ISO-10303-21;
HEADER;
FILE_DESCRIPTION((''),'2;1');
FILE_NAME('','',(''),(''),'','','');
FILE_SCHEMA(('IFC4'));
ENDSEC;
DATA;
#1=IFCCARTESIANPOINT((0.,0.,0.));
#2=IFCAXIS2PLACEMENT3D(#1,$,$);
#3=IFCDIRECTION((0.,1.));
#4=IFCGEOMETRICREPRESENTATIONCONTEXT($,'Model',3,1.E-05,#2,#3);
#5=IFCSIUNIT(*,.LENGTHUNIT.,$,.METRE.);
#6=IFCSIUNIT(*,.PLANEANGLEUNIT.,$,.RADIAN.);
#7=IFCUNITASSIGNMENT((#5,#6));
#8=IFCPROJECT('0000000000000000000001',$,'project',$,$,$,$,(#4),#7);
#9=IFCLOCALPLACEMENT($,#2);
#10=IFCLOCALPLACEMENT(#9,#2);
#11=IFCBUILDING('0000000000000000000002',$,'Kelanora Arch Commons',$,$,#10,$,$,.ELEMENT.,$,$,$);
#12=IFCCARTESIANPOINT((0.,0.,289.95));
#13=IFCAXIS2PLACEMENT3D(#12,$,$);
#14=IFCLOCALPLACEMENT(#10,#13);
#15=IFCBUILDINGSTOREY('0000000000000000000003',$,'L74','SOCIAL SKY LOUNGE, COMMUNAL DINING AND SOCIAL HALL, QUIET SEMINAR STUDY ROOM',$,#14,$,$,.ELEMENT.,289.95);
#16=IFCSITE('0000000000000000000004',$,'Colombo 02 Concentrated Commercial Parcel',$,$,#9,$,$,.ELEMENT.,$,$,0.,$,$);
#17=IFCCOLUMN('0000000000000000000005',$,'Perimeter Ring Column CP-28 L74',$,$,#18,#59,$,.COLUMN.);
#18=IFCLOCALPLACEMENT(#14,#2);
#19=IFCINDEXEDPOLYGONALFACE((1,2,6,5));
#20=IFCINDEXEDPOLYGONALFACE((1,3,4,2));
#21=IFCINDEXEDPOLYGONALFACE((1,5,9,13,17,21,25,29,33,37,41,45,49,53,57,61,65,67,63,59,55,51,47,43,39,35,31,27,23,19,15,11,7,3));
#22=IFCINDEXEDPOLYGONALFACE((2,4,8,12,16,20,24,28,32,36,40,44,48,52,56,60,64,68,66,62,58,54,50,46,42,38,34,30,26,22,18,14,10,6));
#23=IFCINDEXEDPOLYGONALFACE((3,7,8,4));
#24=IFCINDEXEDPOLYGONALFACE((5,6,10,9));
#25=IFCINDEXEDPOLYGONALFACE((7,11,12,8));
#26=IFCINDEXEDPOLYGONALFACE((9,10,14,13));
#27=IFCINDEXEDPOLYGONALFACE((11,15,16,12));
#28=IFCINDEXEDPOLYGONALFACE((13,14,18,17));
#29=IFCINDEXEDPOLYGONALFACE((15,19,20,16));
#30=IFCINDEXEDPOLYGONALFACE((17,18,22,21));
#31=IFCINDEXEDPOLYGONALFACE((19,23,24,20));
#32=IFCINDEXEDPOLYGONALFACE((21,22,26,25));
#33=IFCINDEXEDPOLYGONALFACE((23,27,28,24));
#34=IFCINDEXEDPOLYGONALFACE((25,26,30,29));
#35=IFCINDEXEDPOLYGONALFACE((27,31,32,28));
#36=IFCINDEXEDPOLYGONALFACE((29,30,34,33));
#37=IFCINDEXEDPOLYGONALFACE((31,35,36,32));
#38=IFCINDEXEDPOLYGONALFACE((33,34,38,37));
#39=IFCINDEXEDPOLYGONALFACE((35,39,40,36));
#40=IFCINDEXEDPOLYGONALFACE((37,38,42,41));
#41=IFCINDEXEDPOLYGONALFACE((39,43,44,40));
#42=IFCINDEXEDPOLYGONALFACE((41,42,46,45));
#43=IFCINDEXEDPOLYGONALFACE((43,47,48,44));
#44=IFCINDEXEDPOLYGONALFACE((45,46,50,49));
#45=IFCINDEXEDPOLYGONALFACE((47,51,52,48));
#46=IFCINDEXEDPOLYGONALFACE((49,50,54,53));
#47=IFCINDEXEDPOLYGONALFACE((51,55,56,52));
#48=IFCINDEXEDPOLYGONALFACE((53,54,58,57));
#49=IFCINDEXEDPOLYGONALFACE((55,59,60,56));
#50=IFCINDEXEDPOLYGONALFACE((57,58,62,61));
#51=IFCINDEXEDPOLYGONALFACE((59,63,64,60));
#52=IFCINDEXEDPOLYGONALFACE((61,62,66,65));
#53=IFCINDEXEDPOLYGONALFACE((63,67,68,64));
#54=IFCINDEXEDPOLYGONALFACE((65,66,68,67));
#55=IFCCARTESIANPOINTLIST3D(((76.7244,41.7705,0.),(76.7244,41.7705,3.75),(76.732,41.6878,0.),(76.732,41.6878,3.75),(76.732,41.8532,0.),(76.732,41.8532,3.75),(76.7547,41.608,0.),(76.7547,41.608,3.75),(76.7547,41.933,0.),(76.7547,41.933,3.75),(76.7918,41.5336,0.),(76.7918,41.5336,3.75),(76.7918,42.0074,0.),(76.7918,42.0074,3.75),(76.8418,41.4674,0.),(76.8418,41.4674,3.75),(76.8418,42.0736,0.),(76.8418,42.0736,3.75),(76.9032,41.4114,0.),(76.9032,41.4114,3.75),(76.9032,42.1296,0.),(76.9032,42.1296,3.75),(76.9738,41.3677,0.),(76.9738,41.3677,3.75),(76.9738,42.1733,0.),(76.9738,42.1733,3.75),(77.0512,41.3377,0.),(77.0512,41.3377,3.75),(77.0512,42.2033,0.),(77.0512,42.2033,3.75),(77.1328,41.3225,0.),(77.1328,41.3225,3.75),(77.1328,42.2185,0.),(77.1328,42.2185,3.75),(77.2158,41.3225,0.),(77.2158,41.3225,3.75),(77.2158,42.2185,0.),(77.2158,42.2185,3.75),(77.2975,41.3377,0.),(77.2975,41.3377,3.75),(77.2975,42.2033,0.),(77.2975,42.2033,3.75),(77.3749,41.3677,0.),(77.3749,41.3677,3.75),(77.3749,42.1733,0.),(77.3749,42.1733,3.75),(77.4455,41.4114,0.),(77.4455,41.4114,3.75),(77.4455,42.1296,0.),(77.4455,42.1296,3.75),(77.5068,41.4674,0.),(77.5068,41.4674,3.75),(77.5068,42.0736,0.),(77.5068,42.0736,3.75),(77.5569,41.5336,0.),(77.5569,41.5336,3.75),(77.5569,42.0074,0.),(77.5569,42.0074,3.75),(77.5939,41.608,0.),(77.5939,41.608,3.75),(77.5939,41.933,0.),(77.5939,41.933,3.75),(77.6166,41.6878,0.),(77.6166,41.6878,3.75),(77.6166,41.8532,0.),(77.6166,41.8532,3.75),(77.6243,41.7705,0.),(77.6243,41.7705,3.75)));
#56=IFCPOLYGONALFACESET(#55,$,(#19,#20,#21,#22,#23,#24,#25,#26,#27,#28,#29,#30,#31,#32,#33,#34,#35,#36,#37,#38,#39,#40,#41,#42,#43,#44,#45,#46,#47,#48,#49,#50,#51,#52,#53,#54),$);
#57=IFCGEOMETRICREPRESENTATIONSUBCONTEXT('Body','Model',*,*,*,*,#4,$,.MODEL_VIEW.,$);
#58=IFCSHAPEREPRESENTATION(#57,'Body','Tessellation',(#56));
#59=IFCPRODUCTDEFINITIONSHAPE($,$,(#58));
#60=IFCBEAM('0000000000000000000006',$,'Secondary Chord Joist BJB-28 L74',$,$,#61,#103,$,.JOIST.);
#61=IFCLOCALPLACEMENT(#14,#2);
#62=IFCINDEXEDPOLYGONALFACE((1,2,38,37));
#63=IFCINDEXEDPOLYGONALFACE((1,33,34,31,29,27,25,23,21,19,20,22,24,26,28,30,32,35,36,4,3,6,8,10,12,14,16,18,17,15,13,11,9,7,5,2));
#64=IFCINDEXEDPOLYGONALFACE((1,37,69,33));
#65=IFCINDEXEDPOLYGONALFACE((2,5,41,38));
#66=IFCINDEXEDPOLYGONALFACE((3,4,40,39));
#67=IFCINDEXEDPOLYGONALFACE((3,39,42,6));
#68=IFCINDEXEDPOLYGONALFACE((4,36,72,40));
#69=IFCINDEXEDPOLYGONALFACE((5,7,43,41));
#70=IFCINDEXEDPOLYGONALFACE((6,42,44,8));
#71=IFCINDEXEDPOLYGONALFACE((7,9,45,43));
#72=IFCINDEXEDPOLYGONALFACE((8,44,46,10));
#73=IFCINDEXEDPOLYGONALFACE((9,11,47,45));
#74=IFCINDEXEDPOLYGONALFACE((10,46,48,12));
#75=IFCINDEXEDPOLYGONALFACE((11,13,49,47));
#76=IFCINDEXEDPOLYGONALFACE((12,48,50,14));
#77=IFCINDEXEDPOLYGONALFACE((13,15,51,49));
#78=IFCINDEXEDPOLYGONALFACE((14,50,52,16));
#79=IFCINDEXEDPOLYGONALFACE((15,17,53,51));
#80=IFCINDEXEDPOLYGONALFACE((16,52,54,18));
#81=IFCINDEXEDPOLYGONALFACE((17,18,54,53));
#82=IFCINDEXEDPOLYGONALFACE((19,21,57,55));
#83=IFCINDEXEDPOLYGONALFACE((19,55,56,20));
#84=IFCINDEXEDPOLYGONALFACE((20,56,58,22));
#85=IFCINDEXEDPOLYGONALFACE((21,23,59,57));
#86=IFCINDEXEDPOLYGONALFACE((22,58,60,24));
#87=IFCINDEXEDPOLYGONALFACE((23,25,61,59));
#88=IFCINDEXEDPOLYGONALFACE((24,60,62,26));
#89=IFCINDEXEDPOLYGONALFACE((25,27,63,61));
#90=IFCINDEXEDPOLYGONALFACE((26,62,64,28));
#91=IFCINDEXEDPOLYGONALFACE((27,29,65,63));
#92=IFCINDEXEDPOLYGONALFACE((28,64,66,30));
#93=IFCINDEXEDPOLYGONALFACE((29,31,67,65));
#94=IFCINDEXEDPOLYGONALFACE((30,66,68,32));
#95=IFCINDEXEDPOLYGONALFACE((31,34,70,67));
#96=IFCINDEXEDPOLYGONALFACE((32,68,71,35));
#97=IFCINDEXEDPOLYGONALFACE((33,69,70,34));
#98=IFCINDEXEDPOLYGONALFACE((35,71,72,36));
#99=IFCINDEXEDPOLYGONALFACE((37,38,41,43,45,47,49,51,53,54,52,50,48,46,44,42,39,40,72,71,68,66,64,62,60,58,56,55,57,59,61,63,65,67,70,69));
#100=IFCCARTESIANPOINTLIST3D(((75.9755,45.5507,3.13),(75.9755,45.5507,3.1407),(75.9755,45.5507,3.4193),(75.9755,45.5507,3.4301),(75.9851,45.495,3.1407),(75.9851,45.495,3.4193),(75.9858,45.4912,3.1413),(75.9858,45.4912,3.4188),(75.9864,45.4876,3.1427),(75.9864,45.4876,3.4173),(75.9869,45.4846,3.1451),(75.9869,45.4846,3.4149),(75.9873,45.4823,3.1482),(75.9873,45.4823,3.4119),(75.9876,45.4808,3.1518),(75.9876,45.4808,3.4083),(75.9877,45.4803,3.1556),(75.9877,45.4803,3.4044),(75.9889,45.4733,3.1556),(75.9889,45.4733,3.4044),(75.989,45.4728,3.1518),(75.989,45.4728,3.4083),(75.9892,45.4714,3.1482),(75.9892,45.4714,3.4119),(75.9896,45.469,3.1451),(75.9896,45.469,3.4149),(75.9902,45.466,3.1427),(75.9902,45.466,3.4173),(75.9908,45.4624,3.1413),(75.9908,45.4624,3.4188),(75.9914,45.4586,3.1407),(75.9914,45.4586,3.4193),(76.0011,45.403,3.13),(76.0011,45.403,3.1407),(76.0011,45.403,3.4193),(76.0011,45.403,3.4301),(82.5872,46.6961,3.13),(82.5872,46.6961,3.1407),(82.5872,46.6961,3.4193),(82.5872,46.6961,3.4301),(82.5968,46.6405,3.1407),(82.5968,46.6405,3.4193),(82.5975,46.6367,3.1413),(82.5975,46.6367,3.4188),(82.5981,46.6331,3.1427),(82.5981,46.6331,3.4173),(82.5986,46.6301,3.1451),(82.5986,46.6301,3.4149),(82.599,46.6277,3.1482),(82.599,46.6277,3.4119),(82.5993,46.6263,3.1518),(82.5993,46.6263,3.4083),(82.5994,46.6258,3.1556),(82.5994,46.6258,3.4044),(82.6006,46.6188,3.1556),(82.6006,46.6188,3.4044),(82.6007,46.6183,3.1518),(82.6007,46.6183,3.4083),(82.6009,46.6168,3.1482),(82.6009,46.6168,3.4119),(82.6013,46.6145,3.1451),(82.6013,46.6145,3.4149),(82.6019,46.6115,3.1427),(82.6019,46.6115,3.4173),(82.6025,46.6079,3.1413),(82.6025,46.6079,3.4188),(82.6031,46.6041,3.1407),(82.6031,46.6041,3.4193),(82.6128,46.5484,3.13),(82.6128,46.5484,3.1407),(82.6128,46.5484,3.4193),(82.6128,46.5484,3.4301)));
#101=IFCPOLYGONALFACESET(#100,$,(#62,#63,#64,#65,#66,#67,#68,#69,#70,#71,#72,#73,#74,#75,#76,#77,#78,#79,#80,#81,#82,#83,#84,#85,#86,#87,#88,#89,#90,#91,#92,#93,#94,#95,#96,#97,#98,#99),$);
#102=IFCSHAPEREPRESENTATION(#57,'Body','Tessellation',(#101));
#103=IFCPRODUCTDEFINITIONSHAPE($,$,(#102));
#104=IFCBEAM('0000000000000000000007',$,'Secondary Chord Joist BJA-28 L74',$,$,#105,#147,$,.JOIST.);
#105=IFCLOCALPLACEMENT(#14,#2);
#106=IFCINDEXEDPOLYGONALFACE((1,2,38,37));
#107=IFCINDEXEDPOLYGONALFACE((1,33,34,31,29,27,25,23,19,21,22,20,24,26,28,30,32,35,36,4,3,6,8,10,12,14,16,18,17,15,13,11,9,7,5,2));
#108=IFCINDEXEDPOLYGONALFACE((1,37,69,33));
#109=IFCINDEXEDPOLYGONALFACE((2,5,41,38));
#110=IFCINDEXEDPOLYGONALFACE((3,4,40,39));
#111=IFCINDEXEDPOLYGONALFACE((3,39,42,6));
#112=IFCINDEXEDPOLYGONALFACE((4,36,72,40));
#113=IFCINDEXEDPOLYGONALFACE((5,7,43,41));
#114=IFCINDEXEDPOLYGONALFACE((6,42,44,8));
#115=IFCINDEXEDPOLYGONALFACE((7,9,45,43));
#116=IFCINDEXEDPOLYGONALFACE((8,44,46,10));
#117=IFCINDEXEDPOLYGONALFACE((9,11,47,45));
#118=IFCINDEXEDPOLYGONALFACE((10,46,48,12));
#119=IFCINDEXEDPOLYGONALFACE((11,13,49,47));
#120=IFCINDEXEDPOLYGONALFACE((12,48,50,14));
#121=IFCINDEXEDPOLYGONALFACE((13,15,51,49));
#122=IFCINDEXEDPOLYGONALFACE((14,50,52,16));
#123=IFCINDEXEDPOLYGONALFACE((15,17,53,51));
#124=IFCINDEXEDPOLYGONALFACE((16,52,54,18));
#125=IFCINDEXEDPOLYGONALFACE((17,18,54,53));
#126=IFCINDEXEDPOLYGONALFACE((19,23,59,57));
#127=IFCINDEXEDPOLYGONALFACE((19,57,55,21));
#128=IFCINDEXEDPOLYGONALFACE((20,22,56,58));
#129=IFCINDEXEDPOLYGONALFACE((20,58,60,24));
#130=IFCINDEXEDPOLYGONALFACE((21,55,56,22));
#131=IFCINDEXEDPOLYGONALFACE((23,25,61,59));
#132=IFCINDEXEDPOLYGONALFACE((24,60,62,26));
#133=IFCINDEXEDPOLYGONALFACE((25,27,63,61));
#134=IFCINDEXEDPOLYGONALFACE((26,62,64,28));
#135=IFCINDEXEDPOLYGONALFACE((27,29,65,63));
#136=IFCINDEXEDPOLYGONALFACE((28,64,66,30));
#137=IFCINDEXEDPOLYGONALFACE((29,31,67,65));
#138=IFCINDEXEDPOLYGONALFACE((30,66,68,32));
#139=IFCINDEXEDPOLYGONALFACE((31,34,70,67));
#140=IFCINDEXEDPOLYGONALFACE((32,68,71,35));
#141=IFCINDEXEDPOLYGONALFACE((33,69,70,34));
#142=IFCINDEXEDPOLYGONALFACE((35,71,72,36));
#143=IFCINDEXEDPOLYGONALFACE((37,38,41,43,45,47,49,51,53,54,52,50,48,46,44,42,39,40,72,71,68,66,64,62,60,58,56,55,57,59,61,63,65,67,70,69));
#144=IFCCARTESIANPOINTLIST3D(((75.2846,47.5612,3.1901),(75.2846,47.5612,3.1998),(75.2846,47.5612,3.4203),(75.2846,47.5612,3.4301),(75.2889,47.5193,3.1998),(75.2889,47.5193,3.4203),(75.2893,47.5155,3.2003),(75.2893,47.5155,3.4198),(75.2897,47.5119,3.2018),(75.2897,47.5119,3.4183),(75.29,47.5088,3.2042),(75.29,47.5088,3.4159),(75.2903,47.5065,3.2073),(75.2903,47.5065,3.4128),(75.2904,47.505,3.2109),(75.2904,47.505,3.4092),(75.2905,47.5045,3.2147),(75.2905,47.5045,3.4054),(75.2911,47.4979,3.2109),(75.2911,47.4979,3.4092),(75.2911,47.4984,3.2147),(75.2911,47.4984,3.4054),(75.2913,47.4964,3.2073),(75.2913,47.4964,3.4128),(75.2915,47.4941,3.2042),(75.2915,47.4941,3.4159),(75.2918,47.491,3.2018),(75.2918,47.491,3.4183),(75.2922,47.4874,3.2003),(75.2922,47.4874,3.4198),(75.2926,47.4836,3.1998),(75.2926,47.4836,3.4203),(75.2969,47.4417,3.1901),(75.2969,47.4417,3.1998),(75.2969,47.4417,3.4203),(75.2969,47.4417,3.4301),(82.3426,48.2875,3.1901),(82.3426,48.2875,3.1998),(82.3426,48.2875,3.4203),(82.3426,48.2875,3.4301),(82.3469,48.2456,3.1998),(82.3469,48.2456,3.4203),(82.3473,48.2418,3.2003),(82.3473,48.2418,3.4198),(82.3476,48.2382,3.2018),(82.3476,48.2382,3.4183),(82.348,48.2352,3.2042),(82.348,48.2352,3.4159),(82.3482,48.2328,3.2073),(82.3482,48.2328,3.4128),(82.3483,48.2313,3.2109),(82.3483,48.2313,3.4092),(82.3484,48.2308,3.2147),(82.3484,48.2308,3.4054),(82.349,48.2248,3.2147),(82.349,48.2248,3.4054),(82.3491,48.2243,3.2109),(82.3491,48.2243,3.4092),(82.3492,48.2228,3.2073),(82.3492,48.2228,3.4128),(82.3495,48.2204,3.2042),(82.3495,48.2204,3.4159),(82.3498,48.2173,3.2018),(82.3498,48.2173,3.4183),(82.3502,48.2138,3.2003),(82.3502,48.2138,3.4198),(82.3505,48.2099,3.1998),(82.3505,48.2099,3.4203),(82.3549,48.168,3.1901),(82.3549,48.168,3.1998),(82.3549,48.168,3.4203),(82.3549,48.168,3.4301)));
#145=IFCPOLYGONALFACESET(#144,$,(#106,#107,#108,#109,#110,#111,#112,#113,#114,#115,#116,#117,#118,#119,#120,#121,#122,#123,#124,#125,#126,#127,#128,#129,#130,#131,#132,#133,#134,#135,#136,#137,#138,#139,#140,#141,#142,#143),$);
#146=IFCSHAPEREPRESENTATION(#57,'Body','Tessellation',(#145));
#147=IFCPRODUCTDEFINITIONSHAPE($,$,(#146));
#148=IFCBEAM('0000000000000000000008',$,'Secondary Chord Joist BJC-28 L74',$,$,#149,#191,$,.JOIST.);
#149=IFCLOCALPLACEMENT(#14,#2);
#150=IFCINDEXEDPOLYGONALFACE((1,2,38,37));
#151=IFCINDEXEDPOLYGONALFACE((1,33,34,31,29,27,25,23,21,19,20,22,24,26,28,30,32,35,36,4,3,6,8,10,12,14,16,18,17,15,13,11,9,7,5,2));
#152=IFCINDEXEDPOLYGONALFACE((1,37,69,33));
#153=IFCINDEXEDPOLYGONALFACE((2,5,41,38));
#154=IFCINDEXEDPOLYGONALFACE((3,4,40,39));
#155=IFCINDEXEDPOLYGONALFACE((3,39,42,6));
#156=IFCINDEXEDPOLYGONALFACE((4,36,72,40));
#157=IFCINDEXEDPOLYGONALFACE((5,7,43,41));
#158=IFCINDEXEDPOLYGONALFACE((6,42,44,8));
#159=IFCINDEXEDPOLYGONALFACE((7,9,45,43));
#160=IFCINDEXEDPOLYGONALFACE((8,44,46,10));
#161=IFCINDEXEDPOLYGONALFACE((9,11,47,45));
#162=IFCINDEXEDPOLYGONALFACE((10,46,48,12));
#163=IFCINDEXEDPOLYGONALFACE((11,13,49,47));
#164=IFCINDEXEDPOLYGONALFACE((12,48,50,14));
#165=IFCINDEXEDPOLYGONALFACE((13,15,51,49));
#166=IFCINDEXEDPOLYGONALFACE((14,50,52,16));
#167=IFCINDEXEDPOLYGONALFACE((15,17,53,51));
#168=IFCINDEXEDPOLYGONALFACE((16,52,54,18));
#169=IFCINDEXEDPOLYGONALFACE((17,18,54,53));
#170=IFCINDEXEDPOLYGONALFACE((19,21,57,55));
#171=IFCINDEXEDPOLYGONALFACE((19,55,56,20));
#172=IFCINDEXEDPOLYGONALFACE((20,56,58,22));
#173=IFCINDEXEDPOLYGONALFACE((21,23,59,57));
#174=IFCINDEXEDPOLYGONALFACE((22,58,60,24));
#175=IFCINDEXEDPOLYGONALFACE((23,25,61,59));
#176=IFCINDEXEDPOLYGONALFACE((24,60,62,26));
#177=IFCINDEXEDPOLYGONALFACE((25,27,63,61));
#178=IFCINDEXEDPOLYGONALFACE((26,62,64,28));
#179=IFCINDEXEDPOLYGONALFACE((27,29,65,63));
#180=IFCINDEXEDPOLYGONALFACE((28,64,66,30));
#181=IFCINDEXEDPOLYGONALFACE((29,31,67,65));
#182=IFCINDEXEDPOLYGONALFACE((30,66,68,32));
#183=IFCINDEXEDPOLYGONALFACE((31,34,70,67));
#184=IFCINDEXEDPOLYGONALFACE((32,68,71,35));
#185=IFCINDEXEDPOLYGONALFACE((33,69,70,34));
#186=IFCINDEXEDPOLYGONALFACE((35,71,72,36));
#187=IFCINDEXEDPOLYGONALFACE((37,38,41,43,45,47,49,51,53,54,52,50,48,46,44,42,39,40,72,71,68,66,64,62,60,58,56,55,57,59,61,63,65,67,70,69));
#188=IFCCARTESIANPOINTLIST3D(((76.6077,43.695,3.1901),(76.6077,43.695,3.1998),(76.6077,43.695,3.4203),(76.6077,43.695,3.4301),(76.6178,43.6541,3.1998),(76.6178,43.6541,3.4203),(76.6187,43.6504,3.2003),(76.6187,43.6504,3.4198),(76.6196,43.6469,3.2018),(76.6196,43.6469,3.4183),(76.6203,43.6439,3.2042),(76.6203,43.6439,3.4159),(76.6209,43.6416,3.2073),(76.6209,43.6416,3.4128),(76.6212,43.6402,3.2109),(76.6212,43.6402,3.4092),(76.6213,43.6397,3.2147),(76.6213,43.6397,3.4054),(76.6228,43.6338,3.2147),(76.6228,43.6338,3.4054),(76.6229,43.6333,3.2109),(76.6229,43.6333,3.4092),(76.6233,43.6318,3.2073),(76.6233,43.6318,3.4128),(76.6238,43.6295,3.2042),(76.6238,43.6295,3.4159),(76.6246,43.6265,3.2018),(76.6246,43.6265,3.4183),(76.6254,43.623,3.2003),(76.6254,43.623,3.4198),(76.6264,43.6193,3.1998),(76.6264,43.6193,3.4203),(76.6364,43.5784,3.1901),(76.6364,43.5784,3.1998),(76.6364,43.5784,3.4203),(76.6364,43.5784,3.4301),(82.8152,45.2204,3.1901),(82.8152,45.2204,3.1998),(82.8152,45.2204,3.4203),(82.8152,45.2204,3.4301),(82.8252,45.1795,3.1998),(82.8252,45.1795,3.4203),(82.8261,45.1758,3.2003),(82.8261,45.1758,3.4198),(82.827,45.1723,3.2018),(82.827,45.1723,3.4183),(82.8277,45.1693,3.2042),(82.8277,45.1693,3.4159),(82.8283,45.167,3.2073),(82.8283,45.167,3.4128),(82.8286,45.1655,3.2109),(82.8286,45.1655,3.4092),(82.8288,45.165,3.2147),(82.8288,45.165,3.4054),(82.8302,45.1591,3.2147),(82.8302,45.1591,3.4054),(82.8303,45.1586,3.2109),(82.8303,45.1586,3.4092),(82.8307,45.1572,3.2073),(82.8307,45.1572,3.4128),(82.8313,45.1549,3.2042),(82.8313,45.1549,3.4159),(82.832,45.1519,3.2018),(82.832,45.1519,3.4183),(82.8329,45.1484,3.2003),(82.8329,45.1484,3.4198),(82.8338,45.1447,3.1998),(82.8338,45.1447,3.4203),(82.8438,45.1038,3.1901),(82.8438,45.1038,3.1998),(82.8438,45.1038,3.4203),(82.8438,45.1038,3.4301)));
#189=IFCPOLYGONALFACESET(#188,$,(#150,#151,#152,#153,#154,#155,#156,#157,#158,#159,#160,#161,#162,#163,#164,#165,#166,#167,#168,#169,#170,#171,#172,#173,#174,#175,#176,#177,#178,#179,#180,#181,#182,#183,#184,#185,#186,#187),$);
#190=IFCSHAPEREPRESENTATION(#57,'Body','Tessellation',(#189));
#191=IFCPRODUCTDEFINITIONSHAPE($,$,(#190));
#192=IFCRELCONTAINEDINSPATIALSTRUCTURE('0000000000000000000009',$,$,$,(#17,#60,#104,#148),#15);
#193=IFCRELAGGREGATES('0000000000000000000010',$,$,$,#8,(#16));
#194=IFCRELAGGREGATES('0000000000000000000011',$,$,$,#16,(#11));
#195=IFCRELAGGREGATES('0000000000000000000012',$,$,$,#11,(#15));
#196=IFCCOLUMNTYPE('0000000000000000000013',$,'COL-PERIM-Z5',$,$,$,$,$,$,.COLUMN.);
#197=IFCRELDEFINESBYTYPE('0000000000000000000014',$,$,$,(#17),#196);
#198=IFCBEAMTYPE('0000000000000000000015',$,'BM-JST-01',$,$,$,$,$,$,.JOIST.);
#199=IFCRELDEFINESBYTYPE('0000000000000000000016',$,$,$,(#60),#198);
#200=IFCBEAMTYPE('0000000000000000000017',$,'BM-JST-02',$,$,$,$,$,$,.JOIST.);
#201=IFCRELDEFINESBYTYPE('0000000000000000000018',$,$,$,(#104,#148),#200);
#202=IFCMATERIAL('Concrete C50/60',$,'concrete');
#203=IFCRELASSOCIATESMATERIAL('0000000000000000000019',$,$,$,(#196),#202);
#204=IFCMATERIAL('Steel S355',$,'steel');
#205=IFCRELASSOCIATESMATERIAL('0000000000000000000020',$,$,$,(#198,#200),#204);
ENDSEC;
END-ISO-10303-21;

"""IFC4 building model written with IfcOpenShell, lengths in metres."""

from ifc_helpers import new_model, si_unit, direction, frame, origin, origin_2d, place, context, subcontext, project, spatial, circle, i_section, extrude, material, material_profile, profile_set, type_object, element, save


model = new_model("IFC4")

# Units and contexts
model_context = context("Model", 3, precision=1e-05, world=origin(), true_north=direction((0.0, 1.0)))
body_context = subcontext(model_context, "Body", "Model", "MODEL_VIEW")
ifc_project = project(units=[si_unit("LENGTHUNIT", "METRE"), si_unit("PLANEANGLEUNIT", "RADIAN")], contexts=[model_context])

# Site, building, storey
site_placement = place(None, origin())
site = spatial("IfcSite", under=ifc_project, at=site_placement, Name="Colombo 02 Concentrated Commercial Parcel", CompositionType="ELEMENT", RefElevation=0.0)
building_placement = place(site_placement, origin())
building = spatial("IfcBuilding", under=site, at=building_placement, Name="Kelanora Arch Commons", CompositionType="ELEMENT")
storey_placement = place(building_placement, frame((0.0, 0.0, 289.95)))
storey = spatial("IfcBuildingStorey", under=building, at=storey_placement, Name="L74", Description="SOCIAL SKY LOUNGE, COMMUNAL DINING AND SOCIAL HALL, QUIET SEMINAR STUDY ROOM", CompositionType="ELEMENT", Elevation=289.95)

# Column
ifc_material_1 = material(Name="Concrete C50/60", Category="concrete")
ifc_material_profile_1 = material_profile(ifc_material_1, circle(Radius=0.45, at=origin_2d()), Name="RCC900")
ifc_profile_set_1 = profile_set([ifc_material_profile_1], Name="Concrete C50/60")
column_type = type_object("IfcColumnType", Name="COL-PERIM-Z5", PredefinedType="COLUMN", material=ifc_profile_set_1)
column_placement = place(storey_placement, frame((77.1743, 41.7705, 0.0), z_axis=(0.0, 0.0, 1.0), x_axis=(1.0, 0.0, 0.0)))
element("IfcColumn", 1, at=column_placement, inside=storey, type_object=column_type, Name="Perimeter Ring Column CP-28 L74", PredefinedType="COLUMN", context=body_context, shape_type="SweptSolid", body=[
    extrude(circle(Radius=0.45, at=origin_2d()), origin(), (0.0, 0.0, 1.0), 3.75),
])

# Beams
ifc_material_2 = material(Name="Steel S355", Category="steel")
ifc_material_profile_2 = material_profile(ifc_material_2, i_section(OverallWidth=0.1499, OverallDepth=0.3, WebThickness=0.0071, FlangeThickness=0.0107, FilletRadius=0.0149, at=origin_2d()), Name="IPE300")
ifc_profile_set_2 = profile_set([ifc_material_profile_2], Name="Steel S355")
beam_type_1 = type_object("IfcBeamType", Name="BM-JST-01", PredefinedType="JOIST", material=ifc_profile_set_2)
beam_1_placement = place(storey_placement, frame((75.9883, 45.4768, 3.28), z_axis=(0.985322, 0.170709, 0.0), x_axis=(-0.170709, 0.985322, 0.0)))
element("IfcBeam", 2, at=beam_1_placement, inside=storey, type_object=beam_type_1, Name="Secondary Chord Joist BJB-28 L74", PredefinedType="JOIST", context=body_context, shape_type="SweptSolid", body=[
    extrude(i_section(OverallWidth=0.1499, OverallDepth=0.3, WebThickness=0.0071, FlangeThickness=0.0107, FilletRadius=0.0149, at=origin_2d()), origin(), (0.0, 0.0, 1.0), 6.7102),
])
ifc_material_profile_3 = material_profile(ifc_material_2, i_section(OverallWidth=0.1201, OverallDepth=0.24, WebThickness=0.0061, FlangeThickness=0.0098, FilletRadius=0.0149, at=origin_2d()), Name="IPE240")
ifc_profile_set_3 = profile_set([ifc_material_profile_3], Name="Steel S355")
beam_type_2 = type_object("IfcBeamType", Name="BM-JST-02", PredefinedType="JOIST", material=ifc_profile_set_3)
beam_2_placement = place(storey_placement, frame((75.2908, 47.5015, 3.3101), z_axis=(0.994747, 0.102369, 0.0), x_axis=(-0.102369, 0.994747, 0.0)))
element("IfcBeam", 3, at=beam_2_placement, inside=storey, type_object=beam_type_2, Name="Secondary Chord Joist BJA-28 L74", PredefinedType="JOIST", context=body_context, shape_type="SweptSolid", body=[
    extrude(i_section(OverallWidth=0.1201, OverallDepth=0.24, WebThickness=0.0061, FlangeThickness=0.0098, FilletRadius=0.0149, at=origin_2d()), origin(), (0.0, 0.0, 1.0), 7.0952),
])
beam_3_placement = place(storey_placement, frame((76.6221, 43.6367, 3.3101), z_axis=(0.97111, 0.238633, 0.0), x_axis=(-0.238633, 0.97111, 0.0)))
element("IfcBeam", 4, at=beam_3_placement, inside=storey, type_object=beam_type_2, Name="Secondary Chord Joist BJC-28 L74", PredefinedType="JOIST", context=body_context, shape_type="SweptSolid", body=[
    extrude(i_section(OverallWidth=0.1201, OverallDepth=0.24, WebThickness=0.0061, FlangeThickness=0.0098, FilletRadius=0.0149, at=origin_2d()), origin(), (0.0, 0.0, 1.0), 6.3921),
])

save(model, "model.ifc")
